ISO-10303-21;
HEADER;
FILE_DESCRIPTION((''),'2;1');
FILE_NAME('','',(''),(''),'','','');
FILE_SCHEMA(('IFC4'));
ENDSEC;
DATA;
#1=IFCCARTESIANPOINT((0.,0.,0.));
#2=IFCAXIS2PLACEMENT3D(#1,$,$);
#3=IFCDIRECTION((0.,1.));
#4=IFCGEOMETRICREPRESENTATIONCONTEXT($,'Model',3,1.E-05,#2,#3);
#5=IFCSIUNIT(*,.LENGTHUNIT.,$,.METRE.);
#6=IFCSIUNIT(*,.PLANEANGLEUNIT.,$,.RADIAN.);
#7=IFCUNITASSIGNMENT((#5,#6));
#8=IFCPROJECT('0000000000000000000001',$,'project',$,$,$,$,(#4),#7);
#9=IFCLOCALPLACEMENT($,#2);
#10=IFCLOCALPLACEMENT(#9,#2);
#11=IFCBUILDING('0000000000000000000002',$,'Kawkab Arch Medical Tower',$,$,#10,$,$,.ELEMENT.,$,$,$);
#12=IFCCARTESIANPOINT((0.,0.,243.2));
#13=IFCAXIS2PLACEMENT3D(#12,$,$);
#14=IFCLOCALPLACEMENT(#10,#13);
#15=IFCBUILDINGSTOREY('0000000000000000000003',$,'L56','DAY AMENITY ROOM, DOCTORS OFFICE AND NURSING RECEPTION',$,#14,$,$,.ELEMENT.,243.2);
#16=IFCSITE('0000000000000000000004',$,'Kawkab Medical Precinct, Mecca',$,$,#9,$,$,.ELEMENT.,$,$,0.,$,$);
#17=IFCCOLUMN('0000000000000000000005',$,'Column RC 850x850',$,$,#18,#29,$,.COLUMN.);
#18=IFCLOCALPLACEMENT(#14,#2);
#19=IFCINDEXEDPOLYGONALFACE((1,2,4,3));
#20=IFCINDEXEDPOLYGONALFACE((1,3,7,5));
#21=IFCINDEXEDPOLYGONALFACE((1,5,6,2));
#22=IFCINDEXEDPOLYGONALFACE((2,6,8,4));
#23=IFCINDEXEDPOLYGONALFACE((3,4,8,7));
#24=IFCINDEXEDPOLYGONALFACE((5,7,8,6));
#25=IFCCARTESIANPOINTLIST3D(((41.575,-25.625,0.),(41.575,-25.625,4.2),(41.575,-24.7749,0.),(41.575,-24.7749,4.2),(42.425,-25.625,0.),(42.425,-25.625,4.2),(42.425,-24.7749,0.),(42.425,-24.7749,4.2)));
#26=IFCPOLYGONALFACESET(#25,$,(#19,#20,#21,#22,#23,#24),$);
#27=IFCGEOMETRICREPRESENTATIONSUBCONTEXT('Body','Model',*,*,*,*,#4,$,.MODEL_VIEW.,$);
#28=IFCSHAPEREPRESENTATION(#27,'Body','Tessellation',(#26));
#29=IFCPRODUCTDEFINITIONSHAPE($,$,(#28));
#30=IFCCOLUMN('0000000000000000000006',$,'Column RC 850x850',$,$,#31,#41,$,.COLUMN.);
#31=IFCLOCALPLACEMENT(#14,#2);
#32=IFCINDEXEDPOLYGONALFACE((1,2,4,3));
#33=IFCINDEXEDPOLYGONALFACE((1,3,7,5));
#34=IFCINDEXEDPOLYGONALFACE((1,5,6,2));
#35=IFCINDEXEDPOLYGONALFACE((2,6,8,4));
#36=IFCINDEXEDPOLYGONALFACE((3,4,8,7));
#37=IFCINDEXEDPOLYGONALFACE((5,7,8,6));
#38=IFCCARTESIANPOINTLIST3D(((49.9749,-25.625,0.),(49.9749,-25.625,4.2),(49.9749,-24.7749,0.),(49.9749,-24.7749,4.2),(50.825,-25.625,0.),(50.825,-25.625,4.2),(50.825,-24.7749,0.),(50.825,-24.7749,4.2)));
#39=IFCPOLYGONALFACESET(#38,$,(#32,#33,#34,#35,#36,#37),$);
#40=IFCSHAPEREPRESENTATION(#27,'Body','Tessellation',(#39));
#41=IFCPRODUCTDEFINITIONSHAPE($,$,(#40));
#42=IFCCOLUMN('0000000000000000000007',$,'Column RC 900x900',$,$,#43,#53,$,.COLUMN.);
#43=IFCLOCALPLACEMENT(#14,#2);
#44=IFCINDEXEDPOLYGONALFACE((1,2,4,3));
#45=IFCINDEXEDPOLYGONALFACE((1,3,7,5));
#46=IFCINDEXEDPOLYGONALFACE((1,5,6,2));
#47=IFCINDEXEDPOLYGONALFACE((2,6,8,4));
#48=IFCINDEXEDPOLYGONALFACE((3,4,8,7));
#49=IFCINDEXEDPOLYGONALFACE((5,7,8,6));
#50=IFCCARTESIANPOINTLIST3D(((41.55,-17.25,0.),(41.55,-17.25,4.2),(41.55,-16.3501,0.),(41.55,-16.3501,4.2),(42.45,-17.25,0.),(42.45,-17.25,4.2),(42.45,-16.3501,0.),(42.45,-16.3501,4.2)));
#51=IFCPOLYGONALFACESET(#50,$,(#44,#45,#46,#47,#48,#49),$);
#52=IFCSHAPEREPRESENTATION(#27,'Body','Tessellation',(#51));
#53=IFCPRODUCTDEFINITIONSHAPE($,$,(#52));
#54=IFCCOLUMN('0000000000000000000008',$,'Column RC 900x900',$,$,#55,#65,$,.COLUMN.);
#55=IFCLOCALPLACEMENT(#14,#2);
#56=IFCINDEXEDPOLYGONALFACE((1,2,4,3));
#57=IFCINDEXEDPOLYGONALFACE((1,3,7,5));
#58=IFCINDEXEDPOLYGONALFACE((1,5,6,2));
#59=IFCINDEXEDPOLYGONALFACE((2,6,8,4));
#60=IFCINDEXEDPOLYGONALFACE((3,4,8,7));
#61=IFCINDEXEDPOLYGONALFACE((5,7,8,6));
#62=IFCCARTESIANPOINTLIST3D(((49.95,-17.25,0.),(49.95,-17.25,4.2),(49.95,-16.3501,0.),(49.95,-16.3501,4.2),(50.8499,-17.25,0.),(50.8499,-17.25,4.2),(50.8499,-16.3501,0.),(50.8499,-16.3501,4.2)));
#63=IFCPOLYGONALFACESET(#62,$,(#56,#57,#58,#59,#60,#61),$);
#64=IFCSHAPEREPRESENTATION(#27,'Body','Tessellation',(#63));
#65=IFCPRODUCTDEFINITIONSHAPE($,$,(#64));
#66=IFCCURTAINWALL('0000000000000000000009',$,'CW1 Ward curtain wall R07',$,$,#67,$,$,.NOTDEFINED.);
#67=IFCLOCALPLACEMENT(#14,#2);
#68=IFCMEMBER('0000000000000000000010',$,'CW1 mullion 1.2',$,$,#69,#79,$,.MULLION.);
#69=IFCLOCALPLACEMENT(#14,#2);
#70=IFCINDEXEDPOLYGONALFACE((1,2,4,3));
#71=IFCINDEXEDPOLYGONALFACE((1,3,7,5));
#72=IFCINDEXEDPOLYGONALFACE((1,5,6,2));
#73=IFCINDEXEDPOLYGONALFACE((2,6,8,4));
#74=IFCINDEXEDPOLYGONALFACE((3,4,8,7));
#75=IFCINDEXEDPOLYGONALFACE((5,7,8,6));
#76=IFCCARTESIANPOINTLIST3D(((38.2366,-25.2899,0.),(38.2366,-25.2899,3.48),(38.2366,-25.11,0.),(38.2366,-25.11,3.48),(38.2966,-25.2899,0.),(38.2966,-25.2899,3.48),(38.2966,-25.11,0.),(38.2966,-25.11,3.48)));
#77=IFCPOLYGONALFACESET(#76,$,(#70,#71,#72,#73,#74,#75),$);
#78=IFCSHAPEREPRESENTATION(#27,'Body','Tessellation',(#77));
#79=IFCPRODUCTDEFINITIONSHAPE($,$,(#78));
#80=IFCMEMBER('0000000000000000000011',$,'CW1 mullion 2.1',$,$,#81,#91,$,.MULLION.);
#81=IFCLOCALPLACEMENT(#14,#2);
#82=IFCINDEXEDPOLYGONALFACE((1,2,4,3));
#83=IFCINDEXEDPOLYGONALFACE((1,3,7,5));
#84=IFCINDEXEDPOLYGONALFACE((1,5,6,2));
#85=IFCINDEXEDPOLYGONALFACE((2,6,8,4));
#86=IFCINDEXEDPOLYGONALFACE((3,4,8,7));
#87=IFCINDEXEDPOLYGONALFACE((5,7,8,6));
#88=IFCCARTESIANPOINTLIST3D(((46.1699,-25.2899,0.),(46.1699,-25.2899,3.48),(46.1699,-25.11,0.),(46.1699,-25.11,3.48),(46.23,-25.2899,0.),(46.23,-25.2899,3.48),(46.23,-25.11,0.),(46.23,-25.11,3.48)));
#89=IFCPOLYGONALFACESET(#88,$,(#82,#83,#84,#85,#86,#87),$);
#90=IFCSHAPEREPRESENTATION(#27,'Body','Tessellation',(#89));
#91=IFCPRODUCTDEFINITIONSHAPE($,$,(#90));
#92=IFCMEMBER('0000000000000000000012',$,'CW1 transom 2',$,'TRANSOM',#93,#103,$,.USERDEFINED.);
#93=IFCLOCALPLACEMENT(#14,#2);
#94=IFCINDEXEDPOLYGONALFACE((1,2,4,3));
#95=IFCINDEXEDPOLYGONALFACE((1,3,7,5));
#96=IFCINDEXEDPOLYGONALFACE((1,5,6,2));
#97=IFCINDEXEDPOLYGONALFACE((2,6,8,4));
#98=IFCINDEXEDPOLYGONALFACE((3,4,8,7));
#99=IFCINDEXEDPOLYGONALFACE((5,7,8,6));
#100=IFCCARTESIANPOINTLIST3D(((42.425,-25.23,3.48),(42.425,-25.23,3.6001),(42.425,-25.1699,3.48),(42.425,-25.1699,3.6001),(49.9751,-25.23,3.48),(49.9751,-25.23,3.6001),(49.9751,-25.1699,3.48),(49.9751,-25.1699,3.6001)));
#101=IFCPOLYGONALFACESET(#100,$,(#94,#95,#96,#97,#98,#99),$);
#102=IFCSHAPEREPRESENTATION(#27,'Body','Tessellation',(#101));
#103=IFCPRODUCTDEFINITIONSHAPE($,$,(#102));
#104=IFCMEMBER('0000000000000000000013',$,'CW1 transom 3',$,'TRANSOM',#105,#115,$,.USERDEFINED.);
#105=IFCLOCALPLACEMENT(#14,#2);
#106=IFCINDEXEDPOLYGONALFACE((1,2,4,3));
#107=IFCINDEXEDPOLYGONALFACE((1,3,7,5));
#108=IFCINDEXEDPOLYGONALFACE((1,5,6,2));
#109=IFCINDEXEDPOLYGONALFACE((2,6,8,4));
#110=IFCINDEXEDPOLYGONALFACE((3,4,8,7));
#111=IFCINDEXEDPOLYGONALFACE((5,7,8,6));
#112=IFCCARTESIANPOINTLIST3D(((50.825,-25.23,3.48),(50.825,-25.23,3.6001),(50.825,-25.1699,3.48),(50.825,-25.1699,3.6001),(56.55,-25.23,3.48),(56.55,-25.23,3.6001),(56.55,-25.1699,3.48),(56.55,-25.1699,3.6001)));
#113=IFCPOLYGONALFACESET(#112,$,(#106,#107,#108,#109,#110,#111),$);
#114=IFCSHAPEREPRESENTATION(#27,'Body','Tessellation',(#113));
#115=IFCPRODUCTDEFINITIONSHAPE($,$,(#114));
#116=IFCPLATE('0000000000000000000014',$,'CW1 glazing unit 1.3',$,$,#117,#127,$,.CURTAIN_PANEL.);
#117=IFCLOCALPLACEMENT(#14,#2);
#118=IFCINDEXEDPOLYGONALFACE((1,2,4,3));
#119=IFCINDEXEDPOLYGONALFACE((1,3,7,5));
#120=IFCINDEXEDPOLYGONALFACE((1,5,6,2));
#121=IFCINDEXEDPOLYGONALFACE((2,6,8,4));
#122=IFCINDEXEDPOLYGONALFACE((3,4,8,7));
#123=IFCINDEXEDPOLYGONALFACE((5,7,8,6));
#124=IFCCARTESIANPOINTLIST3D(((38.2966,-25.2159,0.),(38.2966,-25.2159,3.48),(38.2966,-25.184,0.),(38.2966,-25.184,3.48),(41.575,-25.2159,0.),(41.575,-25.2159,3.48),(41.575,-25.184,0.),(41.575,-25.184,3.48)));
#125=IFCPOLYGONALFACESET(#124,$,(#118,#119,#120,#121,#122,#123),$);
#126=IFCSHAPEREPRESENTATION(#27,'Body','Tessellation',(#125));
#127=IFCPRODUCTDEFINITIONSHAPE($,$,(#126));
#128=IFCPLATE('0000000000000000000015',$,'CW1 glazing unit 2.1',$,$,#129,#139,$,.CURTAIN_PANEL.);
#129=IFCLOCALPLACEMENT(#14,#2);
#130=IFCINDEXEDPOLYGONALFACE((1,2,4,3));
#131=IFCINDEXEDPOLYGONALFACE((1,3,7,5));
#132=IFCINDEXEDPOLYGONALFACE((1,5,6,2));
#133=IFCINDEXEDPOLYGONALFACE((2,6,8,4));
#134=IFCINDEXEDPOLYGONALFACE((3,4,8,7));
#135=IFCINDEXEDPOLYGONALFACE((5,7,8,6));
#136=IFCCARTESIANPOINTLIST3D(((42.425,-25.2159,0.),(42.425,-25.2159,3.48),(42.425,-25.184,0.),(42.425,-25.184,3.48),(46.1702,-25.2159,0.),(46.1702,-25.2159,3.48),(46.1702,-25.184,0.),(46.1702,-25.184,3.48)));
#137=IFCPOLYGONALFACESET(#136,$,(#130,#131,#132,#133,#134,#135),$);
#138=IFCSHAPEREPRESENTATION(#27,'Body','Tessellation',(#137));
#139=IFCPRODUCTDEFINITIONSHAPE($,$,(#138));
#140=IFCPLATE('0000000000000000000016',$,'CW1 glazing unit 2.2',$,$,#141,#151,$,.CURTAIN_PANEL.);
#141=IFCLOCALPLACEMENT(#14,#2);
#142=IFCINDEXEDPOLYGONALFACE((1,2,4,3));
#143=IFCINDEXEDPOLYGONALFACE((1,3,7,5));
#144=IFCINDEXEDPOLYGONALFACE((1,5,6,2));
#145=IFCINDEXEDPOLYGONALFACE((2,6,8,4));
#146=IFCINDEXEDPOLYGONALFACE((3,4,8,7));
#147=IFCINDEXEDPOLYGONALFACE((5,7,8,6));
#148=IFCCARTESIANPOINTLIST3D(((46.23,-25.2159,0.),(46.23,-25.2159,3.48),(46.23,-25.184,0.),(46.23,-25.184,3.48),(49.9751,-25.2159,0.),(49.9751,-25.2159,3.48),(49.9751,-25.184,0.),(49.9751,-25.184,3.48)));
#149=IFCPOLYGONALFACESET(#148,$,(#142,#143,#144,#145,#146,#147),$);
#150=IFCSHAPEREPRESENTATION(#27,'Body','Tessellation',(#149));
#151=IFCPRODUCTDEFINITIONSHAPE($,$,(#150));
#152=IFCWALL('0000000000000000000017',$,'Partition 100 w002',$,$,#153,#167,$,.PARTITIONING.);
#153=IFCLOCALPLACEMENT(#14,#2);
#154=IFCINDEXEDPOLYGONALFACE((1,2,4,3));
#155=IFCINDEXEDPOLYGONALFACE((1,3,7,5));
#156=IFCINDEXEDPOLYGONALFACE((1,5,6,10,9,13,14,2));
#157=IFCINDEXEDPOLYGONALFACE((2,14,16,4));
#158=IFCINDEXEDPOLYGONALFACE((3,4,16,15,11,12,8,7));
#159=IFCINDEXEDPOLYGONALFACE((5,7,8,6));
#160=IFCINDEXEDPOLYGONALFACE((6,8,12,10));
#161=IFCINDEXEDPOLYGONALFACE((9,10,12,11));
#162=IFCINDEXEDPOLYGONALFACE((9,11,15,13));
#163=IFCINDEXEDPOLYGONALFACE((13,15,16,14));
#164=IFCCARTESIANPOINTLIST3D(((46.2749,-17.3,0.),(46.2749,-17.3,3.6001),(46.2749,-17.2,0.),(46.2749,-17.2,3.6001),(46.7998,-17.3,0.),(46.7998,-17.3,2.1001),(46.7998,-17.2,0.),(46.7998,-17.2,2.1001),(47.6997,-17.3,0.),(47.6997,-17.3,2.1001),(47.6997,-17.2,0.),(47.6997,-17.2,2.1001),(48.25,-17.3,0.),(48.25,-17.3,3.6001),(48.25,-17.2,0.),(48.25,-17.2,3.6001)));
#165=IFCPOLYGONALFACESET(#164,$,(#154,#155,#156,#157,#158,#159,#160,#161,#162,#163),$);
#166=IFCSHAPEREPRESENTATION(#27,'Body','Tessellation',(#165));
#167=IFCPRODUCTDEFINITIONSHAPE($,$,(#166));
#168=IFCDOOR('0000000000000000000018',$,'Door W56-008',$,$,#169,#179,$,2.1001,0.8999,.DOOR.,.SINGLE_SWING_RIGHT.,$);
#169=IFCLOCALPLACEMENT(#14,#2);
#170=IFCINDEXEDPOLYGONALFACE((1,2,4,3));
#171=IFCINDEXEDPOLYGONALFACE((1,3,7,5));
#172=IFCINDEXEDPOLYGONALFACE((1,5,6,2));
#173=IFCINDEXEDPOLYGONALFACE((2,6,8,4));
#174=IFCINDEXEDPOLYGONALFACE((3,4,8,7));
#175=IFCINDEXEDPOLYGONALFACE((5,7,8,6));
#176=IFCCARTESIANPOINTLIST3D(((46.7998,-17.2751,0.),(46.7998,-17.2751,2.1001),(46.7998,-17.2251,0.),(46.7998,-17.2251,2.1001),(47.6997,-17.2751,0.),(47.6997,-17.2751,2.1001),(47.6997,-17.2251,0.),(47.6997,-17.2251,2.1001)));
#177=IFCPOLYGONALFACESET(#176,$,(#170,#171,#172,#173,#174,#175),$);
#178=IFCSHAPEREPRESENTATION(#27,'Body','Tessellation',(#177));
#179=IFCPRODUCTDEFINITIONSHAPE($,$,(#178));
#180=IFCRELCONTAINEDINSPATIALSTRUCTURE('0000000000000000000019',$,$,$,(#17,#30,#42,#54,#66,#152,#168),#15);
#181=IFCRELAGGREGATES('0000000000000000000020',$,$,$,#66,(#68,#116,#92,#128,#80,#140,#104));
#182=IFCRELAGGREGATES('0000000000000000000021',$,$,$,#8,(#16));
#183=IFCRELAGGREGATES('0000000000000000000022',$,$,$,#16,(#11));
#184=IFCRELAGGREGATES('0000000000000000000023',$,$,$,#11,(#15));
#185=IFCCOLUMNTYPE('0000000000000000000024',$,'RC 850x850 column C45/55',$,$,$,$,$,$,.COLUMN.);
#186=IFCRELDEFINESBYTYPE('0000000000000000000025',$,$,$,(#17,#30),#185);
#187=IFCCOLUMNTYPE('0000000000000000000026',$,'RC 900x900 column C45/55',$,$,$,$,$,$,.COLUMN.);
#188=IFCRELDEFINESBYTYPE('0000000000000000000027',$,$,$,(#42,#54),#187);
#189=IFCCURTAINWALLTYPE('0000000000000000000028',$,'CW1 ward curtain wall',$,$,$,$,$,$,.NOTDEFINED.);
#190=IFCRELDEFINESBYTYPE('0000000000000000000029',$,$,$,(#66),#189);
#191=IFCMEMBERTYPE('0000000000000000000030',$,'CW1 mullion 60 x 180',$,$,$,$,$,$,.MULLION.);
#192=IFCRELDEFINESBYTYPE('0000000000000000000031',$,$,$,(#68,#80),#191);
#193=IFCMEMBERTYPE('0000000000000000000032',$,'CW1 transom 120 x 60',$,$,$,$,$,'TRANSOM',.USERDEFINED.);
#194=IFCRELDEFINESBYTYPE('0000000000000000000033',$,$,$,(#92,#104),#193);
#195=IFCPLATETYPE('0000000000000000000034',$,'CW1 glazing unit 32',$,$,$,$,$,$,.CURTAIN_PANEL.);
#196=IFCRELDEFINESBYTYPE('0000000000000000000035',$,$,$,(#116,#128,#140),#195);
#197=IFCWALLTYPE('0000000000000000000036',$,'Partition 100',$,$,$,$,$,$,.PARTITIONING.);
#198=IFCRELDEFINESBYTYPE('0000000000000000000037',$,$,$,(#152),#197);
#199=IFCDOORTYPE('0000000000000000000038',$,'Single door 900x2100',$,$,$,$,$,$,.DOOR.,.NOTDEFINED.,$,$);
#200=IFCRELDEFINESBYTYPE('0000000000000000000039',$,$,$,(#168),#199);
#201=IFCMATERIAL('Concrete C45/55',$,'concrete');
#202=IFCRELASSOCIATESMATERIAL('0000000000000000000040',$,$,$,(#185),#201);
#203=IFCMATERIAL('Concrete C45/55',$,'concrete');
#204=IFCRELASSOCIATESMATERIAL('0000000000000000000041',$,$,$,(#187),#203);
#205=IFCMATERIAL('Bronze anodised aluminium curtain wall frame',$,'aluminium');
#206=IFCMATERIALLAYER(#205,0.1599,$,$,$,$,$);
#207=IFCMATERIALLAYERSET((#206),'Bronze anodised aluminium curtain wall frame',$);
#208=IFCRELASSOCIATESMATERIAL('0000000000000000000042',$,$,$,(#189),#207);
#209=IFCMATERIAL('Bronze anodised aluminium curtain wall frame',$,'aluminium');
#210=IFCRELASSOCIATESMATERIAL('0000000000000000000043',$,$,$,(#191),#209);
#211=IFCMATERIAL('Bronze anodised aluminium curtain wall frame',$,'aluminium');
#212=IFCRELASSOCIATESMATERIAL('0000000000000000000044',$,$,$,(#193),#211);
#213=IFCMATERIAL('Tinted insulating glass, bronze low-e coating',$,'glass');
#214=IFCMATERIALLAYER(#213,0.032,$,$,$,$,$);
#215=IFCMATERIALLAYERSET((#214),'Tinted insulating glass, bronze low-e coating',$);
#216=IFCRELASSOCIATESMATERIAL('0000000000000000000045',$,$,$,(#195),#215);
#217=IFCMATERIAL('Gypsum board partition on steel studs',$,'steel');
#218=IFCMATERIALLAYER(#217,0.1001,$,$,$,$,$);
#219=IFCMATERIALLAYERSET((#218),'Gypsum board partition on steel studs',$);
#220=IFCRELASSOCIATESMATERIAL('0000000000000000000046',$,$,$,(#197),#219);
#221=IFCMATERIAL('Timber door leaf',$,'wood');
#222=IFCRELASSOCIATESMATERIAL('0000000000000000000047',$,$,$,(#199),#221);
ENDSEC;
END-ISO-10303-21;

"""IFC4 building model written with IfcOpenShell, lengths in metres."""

from ifc_helpers import new_model, si_unit, direction, frame, frame_2d, origin, origin_2d, place, context, subcontext, project, spatial, rectangle, extrude, material, layer, layer_set, material_profile, profile_set, type_object, element, fill, aggregate, save


model = new_model("IFC4")

# Units and contexts
model_context = context("Model", 3, precision=1e-05, world=origin(), true_north=direction((0.0, 1.0)))
body_context = subcontext(model_context, "Body", "Model", "MODEL_VIEW")
ifc_project = project(units=[si_unit("LENGTHUNIT", "METRE"), si_unit("PLANEANGLEUNIT", "RADIAN")], contexts=[model_context])

# Site, building, storey
site_placement = place(None, origin())
site = spatial("IfcSite", under=ifc_project, at=site_placement, Name="Kawkab Medical Precinct, Mecca", CompositionType="ELEMENT", RefElevation=0.0)
building_placement = place(site_placement, origin())
building = spatial("IfcBuilding", under=site, at=building_placement, Name="Kawkab Arch Medical Tower", CompositionType="ELEMENT")
storey_placement = place(building_placement, frame((0.0, 0.0, 243.2)))
storey = spatial("IfcBuildingStorey", under=building, at=storey_placement, Name="L56", Description="DAY AMENITY ROOM, DOCTORS OFFICE AND NURSING RECEPTION", CompositionType="ELEMENT", Elevation=243.2)

# Columns
ifc_material_1 = material(Name="Concrete C45/55", Category="concrete")
ifc_material_profile_1 = material_profile(ifc_material_1, rectangle(XDim=0.8501, YDim=0.8501, at=origin_2d()), Name="RC 850x850")
ifc_profile_set_1 = profile_set([ifc_material_profile_1], Name="Concrete C45/55")
column_type_1 = type_object("IfcColumnType", Name="RC 850x850 column C45/55", PredefinedType="COLUMN", material=ifc_profile_set_1)
for number, where, z_axis, x_axis, name in (
    (1, (42.0, -25.2, 0.0), (0.0, 0.0, 1.0), (1.0, 0.0, 0.0), "Column RC 850x850"),
    (2, (50.3999, -25.2, 0.0), (0.0, 0.0, 1.0), (1.0, 0.0, 0.0), "Column RC 850x850"),
):
    element("IfcColumn", number, at=place(storey_placement, frame(where, z_axis=z_axis, x_axis=x_axis)), inside=storey, type_object=column_type_1, Name=name, PredefinedType="COLUMN", context=body_context, shape_type="SweptSolid", body=[
        extrude(rectangle(XDim=0.8501, YDim=0.8501, at=origin_2d()), origin(), (0.0, 0.0, 1.0), 4.2),
    ])
ifc_material_2 = material(Name="Concrete C45/55", Category="concrete")
ifc_material_profile_2 = material_profile(ifc_material_2, rectangle(XDim=0.8999, YDim=0.8999, at=origin_2d()), Name="RC 900x900")
ifc_profile_set_2 = profile_set([ifc_material_profile_2], Name="Concrete C45/55")
column_type_2 = type_object("IfcColumnType", Name="RC 900x900 column C45/55", PredefinedType="COLUMN", material=ifc_profile_set_2)
for number, where, z_axis, x_axis, name in (
    (3, (42.0, -16.8, 0.0), (0.0, 0.0, 1.0), (1.0, 0.0, 0.0), "Column RC 900x900"),
    (4, (50.3999, -16.8, 0.0), (0.0, 0.0, 1.0), (1.0, 0.0, 0.0), "Column RC 900x900"),
):
    element("IfcColumn", number, at=place(storey_placement, frame(where, z_axis=z_axis, x_axis=x_axis)), inside=storey, type_object=column_type_2, Name=name, PredefinedType="COLUMN", context=body_context, shape_type="SweptSolid", body=[
        extrude(rectangle(XDim=0.8999, YDim=0.8999, at=origin_2d()), origin(), (0.0, 0.0, 1.0), 4.2),
    ])

# Curtain wall, members, plates
ifc_material_3 = material(Name="Bronze anodised aluminium curtain wall frame", Category="aluminium")
ifc_layer_1 = layer(ifc_material_3, 0.1599)
ifc_layer_set_1 = layer_set([ifc_layer_1], Name="Bronze anodised aluminium curtain wall frame")
curtain_wall_type = type_object("IfcCurtainWallType", Name="CW1 ward curtain wall", PredefinedType="NOTDEFINED", material=ifc_layer_set_1)
curtain_wall_placement = place(storey_placement, origin())
curtain_wall = element("IfcCurtainWall", 5, at=curtain_wall_placement, inside=storey, type_object=curtain_wall_type, Name="CW1 Ward curtain wall R07", PredefinedType="NOTDEFINED")
ifc_material_4 = material(Name="Bronze anodised aluminium curtain wall frame", Category="aluminium")
ifc_material_profile_3 = material_profile(ifc_material_4, rectangle(XDim=0.1799, YDim=0.0601, at=origin_2d()), Name="AL 60x180")
ifc_profile_set_3 = profile_set([ifc_material_profile_3], Name="Bronze anodised aluminium curtain wall frame")
member_type_1 = type_object("IfcMemberType", Name="CW1 mullion 60 x 180", PredefinedType="MULLION", material=ifc_profile_set_3)
member_1_placement = place(storey_placement, frame((38.2666, -25.2, 0.0), z_axis=(0.0, 0.0, 1.0), x_axis=(0.0, 1.0, 0.0)))
member_1 = element("IfcMember", 6, at=member_1_placement, type_object=member_type_1, Name="CW1 mullion 1.2", PredefinedType="MULLION", context=body_context, shape_type="SweptSolid", body=[
    extrude(rectangle(XDim=0.1799, YDim=0.0601, at=origin_2d()), origin(), (0.0, 0.0, 1.0), 3.48),
])
member_2_placement = place(storey_placement, frame((46.2, -25.2, 0.0), z_axis=(0.0, 0.0, 1.0), x_axis=(0.0, 1.0, 0.0)))
member_2 = element("IfcMember", 7, at=member_2_placement, type_object=member_type_1, Name="CW1 mullion 2.1", PredefinedType="MULLION", context=body_context, shape_type="SweptSolid", body=[
    extrude(rectangle(XDim=0.1799, YDim=0.0601, at=origin_2d()), origin(), (0.0, 0.0, 1.0), 3.48),
])
ifc_material_5 = material(Name="Bronze anodised aluminium curtain wall frame", Category="aluminium")
ifc_material_profile_4 = material_profile(ifc_material_5, rectangle(XDim=0.0601, YDim=0.1201, at=origin_2d()), Name="AL 60x120")
ifc_profile_set_4 = profile_set([ifc_material_profile_4], Name="Bronze anodised aluminium curtain wall frame")
member_type_2 = type_object("IfcMemberType", Name="CW1 transom 120 x 60", ElementType="TRANSOM", PredefinedType="USERDEFINED", material=ifc_profile_set_4)
member_3_placement = place(storey_placement, frame((42.425, -25.2, 3.54), z_axis=(1.0, 0.0, 0.0), x_axis=(0.0, 1.0, 0.0)))
member_3 = element("IfcMember", 8, at=member_3_placement, type_object=member_type_2, Name="CW1 transom 2", ObjectType="TRANSOM", PredefinedType="USERDEFINED", context=body_context, shape_type="SweptSolid", body=[
    extrude(rectangle(XDim=0.0601, YDim=0.1201, at=origin_2d()), origin(), (0.0, 0.0, 1.0), 7.55),
])
member_4_placement = place(storey_placement, frame((50.825, -25.2, 3.54), z_axis=(1.0, 0.0, 0.0), x_axis=(0.0, 1.0, 0.0)))
member_4 = element("IfcMember", 9, at=member_4_placement, type_object=member_type_2, Name="CW1 transom 3", ObjectType="TRANSOM", PredefinedType="USERDEFINED", context=body_context, shape_type="SweptSolid", body=[
    extrude(rectangle(XDim=0.0601, YDim=0.1201, at=origin_2d()), origin(), (0.0, 0.0, 1.0), 5.7251),
])
ifc_material_6 = material(Name="Tinted insulating glass, bronze low-e coating", Category="glass")
ifc_layer_2 = layer(ifc_material_6, 0.032)
ifc_layer_set_2 = layer_set([ifc_layer_2], Name="Tinted insulating glass, bronze low-e coating")
plate_type = type_object("IfcPlateType", Name="CW1 glazing unit 32", PredefinedType="CURTAIN_PANEL", material=ifc_layer_set_2)
plate_1_placement = place(storey_placement, frame((39.9358, -25.2, 0.0), z_axis=(0.0, 0.0, 1.0), x_axis=(1.0, 0.0, 0.0)))
plate_1 = element("IfcPlate", 10, at=plate_1_placement, type_object=plate_type, Name="CW1 glazing unit 1.3", PredefinedType="CURTAIN_PANEL", context=body_context, shape_type="SweptSolid", body=[
    extrude(rectangle(XDim=3.2783, YDim=0.032, at=origin_2d()), origin(), (0.0, 0.0, 1.0), 3.48),
])
plate_2_placement = place(storey_placement, frame((44.2976, -25.2, 0.0), z_axis=(0.0, 0.0, 1.0), x_axis=(1.0, 0.0, 0.0)))
plate_2 = element("IfcPlate", 11, at=plate_2_placement, type_object=plate_type, Name="CW1 glazing unit 2.1", PredefinedType="CURTAIN_PANEL", context=body_context, shape_type="SweptSolid", body=[
    extrude(rectangle(XDim=3.7451, YDim=0.032, at=origin_2d()), origin(), (0.0, 0.0, 1.0), 3.48),
])
plate_3_placement = place(storey_placement, frame((48.1025, -25.2, 0.0), z_axis=(0.0, 0.0, 1.0), x_axis=(1.0, 0.0, 0.0)))
plate_3 = element("IfcPlate", 12, at=plate_3_placement, type_object=plate_type, Name="CW1 glazing unit 2.2", PredefinedType="CURTAIN_PANEL", context=body_context, shape_type="SweptSolid", body=[
    extrude(rectangle(XDim=3.7451, YDim=0.032, at=origin_2d()), origin(), (0.0, 0.0, 1.0), 3.48),
])
aggregate(curtain_wall, [member_1, plate_1, member_3, plate_2, member_2, plate_3, member_4])

# Wall, opening, door
ifc_material_7 = material(Name="Gypsum board partition on steel studs", Category="steel")
ifc_layer_3 = layer(ifc_material_7, 0.1001)
ifc_layer_set_3 = layer_set([ifc_layer_3], Name="Gypsum board partition on steel studs")
wall_type_1 = type_object("IfcWallType", Name="Partition 100", PredefinedType="PARTITIONING", material=ifc_layer_set_3)
wall_placement = place(storey_placement, frame((46.2749, -17.25, 0.0), z_axis=(0.0, 0.0, 1.0), x_axis=(1.0, 0.0, 0.0)))
wall = element("IfcWall", 13, at=wall_placement, inside=storey, type_object=wall_type_1, Name="Partition 100 w002", PredefinedType="PARTITIONING", context=body_context, shape_type="SweptSolid", body=[
    extrude(rectangle(XDim=1.9751, YDim=0.1001, at=frame_2d((0.9875, 0.0))), origin(), (0.0, 0.0, 1.0), 3.6001),
])
opening_placement = place(wall_placement, frame((0.5249, 0.0, 0.0)))
opening = element("IfcOpeningElement", 14, at=opening_placement, cuts=wall, PredefinedType="OPENING", context=body_context, shape_type="SweptSolid", body=[
    extrude(rectangle(XDim=0.8999, YDim=2.1001, at=frame_2d((0.45, 1.05))), frame((0.0, 0.0601, 0.0), z_axis=(0.0, -1.0, 0.0), x_axis=(1.0, 0.0, 0.0)), (0.0, 0.0, 1.0), 0.1201),
])
ifc_material_8 = material(Name="Timber door leaf", Category="wood")
door_type = type_object("IfcDoorType", Name="Single door 900x2100", OperationType="NOTDEFINED", PredefinedType="DOOR", material=ifc_material_8)
door_placement = place(opening_placement, origin())
door = element("IfcDoor", 15, at=door_placement, inside=storey, type_object=door_type, Name="Door W56-008", OperationType="SINGLE_SWING_RIGHT", OverallHeight=2.1001, OverallWidth=0.8999, PredefinedType="DOOR", context=body_context, shape_type="SweptSolid", body=[
    extrude(rectangle(XDim=0.8999, YDim=2.1001, at=frame_2d((0.45, 1.05))), frame((0.0, 0.0249, 0.0), z_axis=(0.0, -1.0, 0.0), x_axis=(1.0, 0.0, 0.0)), (0.0, 0.0, 1.0), 0.05),
])
fill(opening, door)

save(model, "model.ifc")
